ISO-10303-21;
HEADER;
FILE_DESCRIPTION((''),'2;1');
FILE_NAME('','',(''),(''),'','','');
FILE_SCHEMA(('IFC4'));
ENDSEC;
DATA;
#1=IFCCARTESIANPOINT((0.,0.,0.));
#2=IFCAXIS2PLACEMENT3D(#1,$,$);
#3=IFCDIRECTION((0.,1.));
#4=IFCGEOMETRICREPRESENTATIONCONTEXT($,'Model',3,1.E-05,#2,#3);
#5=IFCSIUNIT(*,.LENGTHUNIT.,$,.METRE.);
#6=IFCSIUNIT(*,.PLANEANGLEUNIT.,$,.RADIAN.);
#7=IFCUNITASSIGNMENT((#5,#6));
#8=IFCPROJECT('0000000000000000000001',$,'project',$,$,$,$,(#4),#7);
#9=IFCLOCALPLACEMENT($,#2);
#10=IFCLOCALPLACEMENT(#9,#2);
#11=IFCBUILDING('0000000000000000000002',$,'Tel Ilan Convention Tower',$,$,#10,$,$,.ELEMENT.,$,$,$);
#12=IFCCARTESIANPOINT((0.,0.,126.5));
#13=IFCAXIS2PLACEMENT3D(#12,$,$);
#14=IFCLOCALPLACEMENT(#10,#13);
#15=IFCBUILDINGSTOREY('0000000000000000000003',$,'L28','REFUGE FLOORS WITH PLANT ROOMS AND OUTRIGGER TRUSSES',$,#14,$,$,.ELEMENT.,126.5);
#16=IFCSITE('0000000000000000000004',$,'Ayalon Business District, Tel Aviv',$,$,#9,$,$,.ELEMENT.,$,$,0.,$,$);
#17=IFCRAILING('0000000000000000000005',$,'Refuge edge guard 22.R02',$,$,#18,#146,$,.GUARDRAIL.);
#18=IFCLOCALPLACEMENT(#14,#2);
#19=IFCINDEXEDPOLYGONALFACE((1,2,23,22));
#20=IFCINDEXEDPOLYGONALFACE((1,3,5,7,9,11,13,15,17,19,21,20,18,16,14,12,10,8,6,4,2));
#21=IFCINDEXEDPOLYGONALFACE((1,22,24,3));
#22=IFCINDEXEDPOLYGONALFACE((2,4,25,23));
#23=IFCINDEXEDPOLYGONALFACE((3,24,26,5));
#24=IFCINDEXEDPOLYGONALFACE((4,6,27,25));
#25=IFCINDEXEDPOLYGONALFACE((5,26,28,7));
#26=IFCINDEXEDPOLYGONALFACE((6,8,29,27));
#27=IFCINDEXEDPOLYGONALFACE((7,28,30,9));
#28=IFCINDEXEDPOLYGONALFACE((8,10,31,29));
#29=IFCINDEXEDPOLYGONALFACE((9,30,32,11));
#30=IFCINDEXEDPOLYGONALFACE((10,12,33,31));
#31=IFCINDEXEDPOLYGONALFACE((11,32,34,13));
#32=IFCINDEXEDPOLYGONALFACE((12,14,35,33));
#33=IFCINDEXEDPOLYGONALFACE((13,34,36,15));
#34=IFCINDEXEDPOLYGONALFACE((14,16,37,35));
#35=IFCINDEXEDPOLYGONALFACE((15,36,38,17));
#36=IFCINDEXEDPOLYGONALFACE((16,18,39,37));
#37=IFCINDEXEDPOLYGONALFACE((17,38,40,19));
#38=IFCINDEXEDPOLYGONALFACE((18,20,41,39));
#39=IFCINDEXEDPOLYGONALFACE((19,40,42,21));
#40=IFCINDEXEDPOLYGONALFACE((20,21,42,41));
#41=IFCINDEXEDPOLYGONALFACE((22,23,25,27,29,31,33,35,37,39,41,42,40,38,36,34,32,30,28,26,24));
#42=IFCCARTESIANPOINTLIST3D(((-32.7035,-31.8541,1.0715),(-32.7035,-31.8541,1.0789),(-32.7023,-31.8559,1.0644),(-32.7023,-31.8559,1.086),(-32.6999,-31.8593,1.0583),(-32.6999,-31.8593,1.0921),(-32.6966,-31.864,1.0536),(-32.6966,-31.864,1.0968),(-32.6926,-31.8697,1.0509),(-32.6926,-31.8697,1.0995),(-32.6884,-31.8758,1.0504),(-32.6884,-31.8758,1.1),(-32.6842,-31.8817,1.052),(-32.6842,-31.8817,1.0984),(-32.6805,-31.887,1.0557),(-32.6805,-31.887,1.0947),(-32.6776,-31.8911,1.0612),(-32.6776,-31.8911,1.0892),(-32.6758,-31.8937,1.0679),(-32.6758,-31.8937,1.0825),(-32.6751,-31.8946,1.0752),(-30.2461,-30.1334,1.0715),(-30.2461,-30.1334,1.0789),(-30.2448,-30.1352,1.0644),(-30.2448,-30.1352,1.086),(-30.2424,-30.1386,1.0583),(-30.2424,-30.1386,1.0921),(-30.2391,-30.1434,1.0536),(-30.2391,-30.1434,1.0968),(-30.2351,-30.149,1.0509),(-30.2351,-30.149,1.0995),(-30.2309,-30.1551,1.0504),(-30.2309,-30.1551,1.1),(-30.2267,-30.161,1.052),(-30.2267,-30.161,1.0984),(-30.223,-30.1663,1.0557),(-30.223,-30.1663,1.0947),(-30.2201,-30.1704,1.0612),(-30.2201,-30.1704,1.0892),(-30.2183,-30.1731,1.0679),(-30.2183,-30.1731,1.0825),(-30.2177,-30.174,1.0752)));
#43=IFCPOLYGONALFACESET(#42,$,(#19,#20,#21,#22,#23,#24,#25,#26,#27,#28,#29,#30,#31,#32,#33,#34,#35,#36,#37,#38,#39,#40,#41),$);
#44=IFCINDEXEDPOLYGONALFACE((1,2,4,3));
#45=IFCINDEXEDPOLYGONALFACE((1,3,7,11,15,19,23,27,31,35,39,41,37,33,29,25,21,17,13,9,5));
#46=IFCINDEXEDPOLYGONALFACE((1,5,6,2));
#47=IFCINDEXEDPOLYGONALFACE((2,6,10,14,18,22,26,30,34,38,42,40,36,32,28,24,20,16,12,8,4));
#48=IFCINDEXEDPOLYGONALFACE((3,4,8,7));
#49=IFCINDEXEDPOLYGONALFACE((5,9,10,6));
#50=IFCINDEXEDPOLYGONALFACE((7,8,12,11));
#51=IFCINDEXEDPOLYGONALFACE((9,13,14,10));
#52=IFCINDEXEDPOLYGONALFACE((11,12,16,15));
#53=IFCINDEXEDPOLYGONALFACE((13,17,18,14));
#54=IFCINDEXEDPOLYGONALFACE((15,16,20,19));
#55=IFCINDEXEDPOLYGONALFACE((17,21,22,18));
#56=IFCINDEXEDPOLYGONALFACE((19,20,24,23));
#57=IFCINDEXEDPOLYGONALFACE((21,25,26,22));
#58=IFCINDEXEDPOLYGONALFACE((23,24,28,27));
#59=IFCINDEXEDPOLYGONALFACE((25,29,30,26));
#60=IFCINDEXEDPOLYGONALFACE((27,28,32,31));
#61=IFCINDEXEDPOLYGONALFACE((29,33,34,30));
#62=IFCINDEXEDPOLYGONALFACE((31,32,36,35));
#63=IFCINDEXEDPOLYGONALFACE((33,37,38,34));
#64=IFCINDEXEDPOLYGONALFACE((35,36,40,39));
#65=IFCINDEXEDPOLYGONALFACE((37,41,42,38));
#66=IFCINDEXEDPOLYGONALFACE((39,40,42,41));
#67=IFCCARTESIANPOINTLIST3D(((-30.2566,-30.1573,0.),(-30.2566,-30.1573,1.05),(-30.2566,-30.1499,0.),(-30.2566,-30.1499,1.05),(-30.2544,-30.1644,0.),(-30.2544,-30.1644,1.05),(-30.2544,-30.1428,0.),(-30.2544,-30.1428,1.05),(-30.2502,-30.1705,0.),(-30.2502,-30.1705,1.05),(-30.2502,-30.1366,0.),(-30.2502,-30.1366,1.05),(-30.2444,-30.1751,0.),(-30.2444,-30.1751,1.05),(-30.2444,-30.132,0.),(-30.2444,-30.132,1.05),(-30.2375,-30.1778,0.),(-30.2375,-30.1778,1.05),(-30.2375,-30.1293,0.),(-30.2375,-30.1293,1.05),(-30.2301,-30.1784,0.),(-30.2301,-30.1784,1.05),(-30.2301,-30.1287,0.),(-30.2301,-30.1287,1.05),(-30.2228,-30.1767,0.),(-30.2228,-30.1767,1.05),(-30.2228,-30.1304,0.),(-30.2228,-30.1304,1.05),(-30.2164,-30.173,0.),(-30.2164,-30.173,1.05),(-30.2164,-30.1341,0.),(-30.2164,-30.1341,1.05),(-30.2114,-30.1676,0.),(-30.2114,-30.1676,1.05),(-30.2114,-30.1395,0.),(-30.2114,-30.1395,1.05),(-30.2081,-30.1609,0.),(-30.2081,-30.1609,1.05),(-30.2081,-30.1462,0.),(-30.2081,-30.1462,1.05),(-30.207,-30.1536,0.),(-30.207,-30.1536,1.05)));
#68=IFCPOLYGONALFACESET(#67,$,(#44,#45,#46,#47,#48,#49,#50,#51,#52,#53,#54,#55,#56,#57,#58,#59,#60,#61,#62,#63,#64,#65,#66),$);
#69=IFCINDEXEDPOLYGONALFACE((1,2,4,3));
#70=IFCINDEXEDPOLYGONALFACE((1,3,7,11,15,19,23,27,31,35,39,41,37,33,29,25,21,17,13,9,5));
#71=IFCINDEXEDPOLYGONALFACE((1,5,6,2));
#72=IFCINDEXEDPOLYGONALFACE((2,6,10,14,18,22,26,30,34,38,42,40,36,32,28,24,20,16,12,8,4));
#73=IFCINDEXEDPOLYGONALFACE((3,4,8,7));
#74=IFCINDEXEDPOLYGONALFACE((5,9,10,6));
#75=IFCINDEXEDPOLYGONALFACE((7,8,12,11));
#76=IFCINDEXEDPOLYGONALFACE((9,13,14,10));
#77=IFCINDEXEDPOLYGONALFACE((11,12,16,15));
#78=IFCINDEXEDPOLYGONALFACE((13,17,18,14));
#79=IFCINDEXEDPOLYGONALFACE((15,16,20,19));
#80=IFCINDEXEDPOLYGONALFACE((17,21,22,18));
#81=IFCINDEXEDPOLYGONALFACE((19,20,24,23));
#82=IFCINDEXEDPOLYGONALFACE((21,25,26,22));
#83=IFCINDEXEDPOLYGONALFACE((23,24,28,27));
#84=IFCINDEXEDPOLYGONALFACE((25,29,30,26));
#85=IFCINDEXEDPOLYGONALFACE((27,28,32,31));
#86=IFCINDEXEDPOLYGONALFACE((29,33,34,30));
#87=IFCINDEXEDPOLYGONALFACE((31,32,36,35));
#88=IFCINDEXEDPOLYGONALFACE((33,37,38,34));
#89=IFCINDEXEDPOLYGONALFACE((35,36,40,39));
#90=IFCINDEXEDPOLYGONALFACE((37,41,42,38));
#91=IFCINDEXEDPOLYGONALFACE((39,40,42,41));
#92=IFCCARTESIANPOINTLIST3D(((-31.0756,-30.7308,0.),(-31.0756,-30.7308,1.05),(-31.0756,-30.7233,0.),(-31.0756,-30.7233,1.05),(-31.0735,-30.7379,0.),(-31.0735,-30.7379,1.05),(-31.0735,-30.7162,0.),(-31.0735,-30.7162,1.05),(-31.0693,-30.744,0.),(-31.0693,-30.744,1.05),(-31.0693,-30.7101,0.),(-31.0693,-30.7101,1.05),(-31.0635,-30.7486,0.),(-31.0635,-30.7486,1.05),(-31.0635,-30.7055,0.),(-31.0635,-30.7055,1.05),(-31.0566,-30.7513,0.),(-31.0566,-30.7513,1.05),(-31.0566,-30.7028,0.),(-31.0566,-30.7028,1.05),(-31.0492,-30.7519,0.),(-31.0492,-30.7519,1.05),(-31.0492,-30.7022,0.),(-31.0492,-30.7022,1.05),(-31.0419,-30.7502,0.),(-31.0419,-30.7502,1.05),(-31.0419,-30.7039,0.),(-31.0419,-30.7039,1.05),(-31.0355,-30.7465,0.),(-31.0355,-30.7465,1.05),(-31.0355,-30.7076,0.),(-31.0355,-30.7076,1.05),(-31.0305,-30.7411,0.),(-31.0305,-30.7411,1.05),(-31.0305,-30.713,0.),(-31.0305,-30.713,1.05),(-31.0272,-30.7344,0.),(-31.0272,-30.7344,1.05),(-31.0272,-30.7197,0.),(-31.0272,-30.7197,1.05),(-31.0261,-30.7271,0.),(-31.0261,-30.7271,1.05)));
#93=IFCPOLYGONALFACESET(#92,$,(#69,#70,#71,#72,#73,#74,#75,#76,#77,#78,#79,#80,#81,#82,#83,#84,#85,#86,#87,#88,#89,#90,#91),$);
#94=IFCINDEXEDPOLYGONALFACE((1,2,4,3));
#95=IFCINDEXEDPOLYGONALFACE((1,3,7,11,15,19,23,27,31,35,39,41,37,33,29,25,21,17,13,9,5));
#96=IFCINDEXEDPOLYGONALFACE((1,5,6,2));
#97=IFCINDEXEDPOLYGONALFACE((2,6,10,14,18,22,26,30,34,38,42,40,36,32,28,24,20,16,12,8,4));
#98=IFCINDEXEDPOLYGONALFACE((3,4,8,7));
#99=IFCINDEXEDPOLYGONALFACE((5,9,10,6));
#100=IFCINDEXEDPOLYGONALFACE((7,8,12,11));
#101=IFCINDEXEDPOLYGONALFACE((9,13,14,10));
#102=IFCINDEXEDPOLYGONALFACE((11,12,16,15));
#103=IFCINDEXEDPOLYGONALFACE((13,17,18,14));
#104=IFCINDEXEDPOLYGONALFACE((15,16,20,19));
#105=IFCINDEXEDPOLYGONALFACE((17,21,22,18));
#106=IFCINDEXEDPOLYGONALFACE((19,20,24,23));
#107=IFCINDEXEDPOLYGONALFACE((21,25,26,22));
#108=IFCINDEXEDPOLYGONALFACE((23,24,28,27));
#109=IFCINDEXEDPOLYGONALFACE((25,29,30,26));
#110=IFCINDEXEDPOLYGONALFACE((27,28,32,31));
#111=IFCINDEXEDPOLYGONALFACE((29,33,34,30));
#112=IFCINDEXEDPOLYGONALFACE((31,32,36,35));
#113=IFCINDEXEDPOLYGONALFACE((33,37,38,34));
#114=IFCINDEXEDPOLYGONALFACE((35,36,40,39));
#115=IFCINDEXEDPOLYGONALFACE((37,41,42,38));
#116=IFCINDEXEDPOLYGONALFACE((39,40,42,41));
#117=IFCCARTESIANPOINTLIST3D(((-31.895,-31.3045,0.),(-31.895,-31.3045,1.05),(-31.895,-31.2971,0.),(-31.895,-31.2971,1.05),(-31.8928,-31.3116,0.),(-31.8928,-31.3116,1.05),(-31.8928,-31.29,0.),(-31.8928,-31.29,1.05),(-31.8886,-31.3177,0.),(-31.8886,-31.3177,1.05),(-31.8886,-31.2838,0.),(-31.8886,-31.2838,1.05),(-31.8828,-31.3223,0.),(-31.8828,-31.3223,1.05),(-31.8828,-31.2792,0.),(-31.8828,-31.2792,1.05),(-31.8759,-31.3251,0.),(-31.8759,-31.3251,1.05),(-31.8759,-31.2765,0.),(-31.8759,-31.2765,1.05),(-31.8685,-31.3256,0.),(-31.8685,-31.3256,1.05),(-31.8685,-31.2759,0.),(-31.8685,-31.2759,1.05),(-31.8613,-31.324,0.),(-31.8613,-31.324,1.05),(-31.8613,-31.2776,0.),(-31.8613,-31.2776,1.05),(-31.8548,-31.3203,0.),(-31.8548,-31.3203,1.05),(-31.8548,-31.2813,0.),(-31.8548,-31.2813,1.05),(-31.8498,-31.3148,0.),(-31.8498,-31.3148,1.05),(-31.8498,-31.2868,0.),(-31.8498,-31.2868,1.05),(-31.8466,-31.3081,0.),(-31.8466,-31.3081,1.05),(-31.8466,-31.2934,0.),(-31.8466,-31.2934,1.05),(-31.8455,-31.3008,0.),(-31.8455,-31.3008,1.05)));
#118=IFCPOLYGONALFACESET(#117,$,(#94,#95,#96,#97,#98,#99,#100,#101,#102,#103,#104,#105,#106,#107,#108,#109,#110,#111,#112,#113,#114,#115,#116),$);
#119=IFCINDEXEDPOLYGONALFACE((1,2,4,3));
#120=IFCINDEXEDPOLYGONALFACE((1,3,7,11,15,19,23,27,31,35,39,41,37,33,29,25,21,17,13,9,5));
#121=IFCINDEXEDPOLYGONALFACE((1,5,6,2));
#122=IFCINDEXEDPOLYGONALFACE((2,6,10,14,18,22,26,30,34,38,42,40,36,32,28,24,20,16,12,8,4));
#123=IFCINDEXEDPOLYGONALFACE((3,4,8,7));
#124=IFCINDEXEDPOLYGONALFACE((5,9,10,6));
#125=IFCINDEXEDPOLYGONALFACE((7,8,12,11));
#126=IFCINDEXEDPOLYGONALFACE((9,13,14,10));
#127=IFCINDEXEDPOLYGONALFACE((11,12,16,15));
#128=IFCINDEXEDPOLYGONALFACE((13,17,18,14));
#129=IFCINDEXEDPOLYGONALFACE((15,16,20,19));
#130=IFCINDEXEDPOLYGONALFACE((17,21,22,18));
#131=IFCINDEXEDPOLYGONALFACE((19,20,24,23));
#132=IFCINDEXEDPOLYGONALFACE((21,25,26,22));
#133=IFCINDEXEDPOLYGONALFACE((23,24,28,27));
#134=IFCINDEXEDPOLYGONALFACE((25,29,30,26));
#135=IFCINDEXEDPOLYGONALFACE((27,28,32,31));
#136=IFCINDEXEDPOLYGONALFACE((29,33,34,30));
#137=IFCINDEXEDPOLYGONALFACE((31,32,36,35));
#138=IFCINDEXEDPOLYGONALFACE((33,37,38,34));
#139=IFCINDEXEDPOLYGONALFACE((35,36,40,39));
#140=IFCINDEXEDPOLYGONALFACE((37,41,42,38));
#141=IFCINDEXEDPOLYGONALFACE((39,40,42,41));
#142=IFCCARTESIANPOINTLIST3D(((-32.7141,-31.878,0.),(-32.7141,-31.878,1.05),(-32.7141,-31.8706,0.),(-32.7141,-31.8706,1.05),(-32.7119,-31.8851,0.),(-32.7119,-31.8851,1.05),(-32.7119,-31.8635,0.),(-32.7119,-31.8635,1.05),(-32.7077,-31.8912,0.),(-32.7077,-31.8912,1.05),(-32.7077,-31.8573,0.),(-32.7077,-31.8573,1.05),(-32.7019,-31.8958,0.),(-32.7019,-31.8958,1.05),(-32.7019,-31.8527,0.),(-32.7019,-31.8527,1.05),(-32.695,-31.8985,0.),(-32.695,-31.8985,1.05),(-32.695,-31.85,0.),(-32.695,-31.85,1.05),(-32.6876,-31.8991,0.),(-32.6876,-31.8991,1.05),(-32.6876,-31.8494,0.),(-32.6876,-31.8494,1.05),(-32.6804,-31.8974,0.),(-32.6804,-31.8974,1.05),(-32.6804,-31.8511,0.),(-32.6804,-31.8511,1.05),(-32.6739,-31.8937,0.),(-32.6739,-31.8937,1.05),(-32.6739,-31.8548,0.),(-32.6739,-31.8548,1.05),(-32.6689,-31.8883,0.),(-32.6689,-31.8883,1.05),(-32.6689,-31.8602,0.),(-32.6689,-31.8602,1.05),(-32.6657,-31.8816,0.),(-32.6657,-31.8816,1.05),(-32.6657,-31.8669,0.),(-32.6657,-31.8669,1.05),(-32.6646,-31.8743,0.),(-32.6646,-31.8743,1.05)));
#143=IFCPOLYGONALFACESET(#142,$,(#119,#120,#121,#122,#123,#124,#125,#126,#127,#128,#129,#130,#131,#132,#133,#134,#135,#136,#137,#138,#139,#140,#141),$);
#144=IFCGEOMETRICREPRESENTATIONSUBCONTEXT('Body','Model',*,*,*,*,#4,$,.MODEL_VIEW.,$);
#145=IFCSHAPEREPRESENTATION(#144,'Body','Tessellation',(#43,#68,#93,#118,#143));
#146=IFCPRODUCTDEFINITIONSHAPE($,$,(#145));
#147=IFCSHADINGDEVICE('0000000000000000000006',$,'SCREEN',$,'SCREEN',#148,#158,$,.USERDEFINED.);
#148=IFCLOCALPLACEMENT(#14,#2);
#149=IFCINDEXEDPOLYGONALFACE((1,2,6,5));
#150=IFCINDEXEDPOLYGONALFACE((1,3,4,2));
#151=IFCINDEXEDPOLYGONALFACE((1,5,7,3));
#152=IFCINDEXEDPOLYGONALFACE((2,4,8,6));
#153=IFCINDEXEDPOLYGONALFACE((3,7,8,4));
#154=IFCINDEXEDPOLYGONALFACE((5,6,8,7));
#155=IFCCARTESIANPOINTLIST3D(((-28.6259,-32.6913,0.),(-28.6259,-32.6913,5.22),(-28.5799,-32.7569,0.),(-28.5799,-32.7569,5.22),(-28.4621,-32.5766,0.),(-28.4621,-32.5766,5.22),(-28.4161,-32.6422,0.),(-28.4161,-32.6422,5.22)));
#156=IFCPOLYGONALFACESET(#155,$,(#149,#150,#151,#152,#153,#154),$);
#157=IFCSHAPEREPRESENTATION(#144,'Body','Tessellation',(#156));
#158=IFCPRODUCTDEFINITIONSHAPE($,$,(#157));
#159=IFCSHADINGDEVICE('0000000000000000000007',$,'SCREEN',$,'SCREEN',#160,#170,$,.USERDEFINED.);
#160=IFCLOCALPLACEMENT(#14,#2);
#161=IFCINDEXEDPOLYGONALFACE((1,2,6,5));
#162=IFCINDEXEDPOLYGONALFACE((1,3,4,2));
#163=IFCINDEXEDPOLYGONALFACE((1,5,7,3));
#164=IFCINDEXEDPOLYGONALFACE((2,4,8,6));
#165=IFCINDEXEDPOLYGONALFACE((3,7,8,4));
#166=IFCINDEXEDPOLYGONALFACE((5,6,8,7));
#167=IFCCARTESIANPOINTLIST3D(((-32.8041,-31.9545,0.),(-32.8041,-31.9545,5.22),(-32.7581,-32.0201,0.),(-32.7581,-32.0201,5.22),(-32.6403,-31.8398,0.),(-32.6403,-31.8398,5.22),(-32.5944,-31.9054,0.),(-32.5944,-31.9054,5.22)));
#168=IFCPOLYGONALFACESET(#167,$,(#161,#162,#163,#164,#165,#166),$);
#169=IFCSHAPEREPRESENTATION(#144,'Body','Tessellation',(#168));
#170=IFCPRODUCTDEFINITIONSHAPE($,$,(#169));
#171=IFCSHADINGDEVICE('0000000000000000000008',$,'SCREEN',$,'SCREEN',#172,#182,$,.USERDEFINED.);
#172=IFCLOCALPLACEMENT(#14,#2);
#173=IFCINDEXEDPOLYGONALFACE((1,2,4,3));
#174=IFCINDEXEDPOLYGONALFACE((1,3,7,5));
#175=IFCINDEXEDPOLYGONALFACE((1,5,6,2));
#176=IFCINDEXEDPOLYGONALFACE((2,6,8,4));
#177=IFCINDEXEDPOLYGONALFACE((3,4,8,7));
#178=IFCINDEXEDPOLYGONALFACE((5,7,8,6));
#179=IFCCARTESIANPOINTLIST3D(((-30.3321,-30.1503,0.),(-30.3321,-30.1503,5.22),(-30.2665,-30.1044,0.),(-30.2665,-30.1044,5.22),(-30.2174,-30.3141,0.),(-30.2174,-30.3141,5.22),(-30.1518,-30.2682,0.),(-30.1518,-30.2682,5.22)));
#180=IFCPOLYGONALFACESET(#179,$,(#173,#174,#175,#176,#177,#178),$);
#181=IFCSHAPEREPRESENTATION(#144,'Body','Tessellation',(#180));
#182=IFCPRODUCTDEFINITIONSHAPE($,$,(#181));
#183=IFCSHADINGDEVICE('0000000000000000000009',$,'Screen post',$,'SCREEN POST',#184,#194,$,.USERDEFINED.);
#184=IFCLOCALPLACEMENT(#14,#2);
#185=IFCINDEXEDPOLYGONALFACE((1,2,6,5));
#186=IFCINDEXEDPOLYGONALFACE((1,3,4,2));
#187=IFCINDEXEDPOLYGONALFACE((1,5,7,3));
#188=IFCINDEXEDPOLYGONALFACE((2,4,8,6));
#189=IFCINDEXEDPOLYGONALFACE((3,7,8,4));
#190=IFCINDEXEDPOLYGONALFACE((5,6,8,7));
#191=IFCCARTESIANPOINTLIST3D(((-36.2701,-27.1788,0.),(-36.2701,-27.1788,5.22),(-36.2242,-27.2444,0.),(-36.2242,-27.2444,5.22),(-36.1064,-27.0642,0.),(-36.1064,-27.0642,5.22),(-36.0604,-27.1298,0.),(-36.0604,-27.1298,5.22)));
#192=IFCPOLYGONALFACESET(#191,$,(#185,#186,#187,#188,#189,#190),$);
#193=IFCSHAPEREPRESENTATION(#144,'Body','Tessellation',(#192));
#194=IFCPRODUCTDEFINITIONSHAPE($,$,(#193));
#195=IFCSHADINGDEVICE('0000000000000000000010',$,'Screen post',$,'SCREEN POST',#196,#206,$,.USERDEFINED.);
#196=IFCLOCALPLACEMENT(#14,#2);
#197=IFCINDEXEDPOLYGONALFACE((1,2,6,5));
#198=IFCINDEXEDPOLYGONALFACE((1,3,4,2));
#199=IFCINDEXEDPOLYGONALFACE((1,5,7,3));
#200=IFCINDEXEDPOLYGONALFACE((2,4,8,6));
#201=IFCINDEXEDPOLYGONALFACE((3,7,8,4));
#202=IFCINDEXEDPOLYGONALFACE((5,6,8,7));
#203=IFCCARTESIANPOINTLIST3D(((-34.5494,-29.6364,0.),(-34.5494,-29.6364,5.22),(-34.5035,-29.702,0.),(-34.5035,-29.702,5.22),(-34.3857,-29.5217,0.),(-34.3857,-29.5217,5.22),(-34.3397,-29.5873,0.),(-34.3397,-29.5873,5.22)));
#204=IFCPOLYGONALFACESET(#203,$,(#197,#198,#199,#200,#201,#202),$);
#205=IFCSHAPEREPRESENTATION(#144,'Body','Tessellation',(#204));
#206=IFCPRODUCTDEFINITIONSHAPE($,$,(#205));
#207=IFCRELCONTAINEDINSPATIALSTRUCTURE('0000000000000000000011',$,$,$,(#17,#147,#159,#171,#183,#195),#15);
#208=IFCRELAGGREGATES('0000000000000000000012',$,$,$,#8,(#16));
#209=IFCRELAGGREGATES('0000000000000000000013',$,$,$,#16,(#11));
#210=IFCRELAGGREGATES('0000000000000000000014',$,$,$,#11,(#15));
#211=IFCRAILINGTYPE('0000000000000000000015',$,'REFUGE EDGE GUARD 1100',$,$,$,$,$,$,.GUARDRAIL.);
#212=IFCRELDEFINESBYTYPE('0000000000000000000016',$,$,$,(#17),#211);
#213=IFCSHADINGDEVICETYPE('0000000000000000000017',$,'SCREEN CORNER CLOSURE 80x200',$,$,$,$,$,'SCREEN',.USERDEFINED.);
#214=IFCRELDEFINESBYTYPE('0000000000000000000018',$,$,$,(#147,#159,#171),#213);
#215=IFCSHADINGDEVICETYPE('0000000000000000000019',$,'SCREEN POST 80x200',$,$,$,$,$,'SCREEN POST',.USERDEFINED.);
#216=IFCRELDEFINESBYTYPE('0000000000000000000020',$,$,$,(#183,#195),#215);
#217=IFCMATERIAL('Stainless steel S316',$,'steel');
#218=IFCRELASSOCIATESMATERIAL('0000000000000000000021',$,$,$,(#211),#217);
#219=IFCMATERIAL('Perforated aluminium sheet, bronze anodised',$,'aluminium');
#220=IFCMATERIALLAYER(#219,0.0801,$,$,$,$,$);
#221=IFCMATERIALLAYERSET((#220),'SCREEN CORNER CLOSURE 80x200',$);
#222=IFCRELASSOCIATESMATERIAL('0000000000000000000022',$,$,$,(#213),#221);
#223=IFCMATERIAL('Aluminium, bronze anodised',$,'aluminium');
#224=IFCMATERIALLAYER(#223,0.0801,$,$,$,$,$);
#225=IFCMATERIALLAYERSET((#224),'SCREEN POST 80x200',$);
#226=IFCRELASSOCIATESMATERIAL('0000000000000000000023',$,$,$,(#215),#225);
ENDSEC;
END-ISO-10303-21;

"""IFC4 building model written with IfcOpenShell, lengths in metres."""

from ifc_helpers import new_model, si_unit, direction, frame, origin, origin_2d, place, context, subcontext, project, spatial, rectangle, circle, extrude, material, layer, layer_set, type_object, element, save


model = new_model("IFC4")

# Units and contexts
model_context = context("Model", 3, precision=1e-05, world=origin(), true_north=direction((0.0, 1.0)))
body_context = subcontext(model_context, "Body", "Model", "MODEL_VIEW")
ifc_project = project(units=[si_unit("LENGTHUNIT", "METRE"), si_unit("PLANEANGLEUNIT", "RADIAN")], contexts=[model_context])

# Site, building, storey
site_placement = place(None, origin())
site = spatial("IfcSite", under=ifc_project, at=site_placement, Name="Ayalon Business District, Tel Aviv", CompositionType="ELEMENT", RefElevation=0.0)
building_placement = place(site_placement, origin())
building = spatial("IfcBuilding", under=site, at=building_placement, Name="Tel Ilan Convention Tower", CompositionType="ELEMENT")
storey_placement = place(building_placement, frame((0.0, 0.0, 126.5)))
storey = spatial("IfcBuildingStorey", under=building, at=storey_placement, Name="L28", Description="REFUGE FLOORS WITH PLANT ROOMS AND OUTRIGGER TRUSSES", CompositionType="ELEMENT", Elevation=126.5)

# Railing
ifc_material_1 = material(Name="Stainless steel S316", Category="steel")
railing_type = type_object("IfcRailingType", Name="REFUGE EDGE GUARD 1100", PredefinedType="GUARDRAIL", material=ifc_material_1)
railing_1_placement = place(storey_placement, frame((-30.2319, -30.1536, 0.0)))
element("IfcRailing", 1, at=railing_1_placement, inside=storey, type_object=railing_type, Name="Refuge edge guard 22.R02", PredefinedType="GUARDRAIL", context=body_context, shape_type="SweptSolid", body=[
    extrude(circle(Radius=0.0249, at=origin_2d()), frame((0.0, 0.0, 1.0752), z_axis=(-0.819163, -0.573561, 0.0), x_axis=(0.573561, -0.819163, 0.0)), (0.0, 0.0, 1.0), 3.0),
    extrude(circle(Radius=0.0249, at=origin_2d()), origin(), (0.0, 0.0, 1.0), 1.05),
    extrude(circle(Radius=0.0249, at=origin_2d()), frame((-0.8191, -0.5735, 0.0)), (0.0, 0.0, 1.0), 1.05),
    extrude(circle(Radius=0.0249, at=origin_2d()), frame((-1.6384, -1.1472, 0.0)), (0.0, 0.0, 1.0), 1.05),
    extrude(circle(Radius=0.0249, at=origin_2d()), frame((-2.4575, -1.7207, 0.0)), (0.0, 0.0, 1.0), 1.05),
])

# Shading devices
ifc_material_2 = material(Name="Perforated aluminium sheet, bronze anodised", Category="aluminium")
ifc_layer_1 = layer(ifc_material_2, 0.0801)
ifc_layer_set_1 = layer_set([ifc_layer_1], Name="SCREEN CORNER CLOSURE 80x200")
shading_device_type_1 = type_object("IfcShadingDeviceType", Name="SCREEN CORNER CLOSURE 80x200", ElementType="SCREEN", PredefinedType="USERDEFINED", material=ifc_layer_set_1)
for number, where, z_axis, x_axis, name in (
    (2, (-28.521, -32.6667, 0.0), (0.0, 0.0, 1.0), (0.573576, -0.819152, 0.0), "SCREEN"),
    (3, (-32.6992, -31.9299, 0.0), (0.0, 0.0, 1.0), (0.573576, -0.819152, 0.0), "SCREEN"),
    (4, (-30.2419, -30.2092, 0.0), (0.0, 0.0, 1.0), (0.819152, 0.573576, 0.0), "SCREEN"),
):
    element("IfcShadingDevice", number, at=place(storey_placement, frame(where, z_axis=z_axis, x_axis=x_axis)), inside=storey, type_object=shading_device_type_1, Name=name, ObjectType="SCREEN", PredefinedType="USERDEFINED", context=body_context, shape_type="SweptSolid", body=[
        extrude(rectangle(XDim=0.0801, YDim=0.2, at=origin_2d()), origin(), (0.0, 0.0, 1.0), 5.22),
    ])
ifc_material_3 = material(Name="Aluminium, bronze anodised", Category="aluminium")
ifc_layer_2 = layer(ifc_material_3, 0.0801)
ifc_layer_set_2 = layer_set([ifc_layer_2], Name="SCREEN POST 80x200")
shading_device_type_2 = type_object("IfcShadingDeviceType", Name="SCREEN POST 80x200", ElementType="SCREEN POST", PredefinedType="USERDEFINED", material=ifc_layer_set_2)
for number, where, z_axis, x_axis, name in (
    (5, (-36.1653, -27.1543, 0.0), (0.0, 0.0, 1.0), (0.573576, -0.819152, 0.0), "Screen post"),
    (6, (-34.4446, -29.6118, 0.0), (0.0, 0.0, 1.0), (0.573576, -0.819152, 0.0), "Screen post"),
):
    element("IfcShadingDevice", number, at=place(storey_placement, frame(where, z_axis=z_axis, x_axis=x_axis)), inside=storey, type_object=shading_device_type_2, Name=name, ObjectType="SCREEN POST", PredefinedType="USERDEFINED", context=body_context, shape_type="SweptSolid", body=[
        extrude(rectangle(XDim=0.0801, YDim=0.2, at=origin_2d()), origin(), (0.0, 0.0, 1.0), 5.22),
    ])

save(model, "model.ifc")
